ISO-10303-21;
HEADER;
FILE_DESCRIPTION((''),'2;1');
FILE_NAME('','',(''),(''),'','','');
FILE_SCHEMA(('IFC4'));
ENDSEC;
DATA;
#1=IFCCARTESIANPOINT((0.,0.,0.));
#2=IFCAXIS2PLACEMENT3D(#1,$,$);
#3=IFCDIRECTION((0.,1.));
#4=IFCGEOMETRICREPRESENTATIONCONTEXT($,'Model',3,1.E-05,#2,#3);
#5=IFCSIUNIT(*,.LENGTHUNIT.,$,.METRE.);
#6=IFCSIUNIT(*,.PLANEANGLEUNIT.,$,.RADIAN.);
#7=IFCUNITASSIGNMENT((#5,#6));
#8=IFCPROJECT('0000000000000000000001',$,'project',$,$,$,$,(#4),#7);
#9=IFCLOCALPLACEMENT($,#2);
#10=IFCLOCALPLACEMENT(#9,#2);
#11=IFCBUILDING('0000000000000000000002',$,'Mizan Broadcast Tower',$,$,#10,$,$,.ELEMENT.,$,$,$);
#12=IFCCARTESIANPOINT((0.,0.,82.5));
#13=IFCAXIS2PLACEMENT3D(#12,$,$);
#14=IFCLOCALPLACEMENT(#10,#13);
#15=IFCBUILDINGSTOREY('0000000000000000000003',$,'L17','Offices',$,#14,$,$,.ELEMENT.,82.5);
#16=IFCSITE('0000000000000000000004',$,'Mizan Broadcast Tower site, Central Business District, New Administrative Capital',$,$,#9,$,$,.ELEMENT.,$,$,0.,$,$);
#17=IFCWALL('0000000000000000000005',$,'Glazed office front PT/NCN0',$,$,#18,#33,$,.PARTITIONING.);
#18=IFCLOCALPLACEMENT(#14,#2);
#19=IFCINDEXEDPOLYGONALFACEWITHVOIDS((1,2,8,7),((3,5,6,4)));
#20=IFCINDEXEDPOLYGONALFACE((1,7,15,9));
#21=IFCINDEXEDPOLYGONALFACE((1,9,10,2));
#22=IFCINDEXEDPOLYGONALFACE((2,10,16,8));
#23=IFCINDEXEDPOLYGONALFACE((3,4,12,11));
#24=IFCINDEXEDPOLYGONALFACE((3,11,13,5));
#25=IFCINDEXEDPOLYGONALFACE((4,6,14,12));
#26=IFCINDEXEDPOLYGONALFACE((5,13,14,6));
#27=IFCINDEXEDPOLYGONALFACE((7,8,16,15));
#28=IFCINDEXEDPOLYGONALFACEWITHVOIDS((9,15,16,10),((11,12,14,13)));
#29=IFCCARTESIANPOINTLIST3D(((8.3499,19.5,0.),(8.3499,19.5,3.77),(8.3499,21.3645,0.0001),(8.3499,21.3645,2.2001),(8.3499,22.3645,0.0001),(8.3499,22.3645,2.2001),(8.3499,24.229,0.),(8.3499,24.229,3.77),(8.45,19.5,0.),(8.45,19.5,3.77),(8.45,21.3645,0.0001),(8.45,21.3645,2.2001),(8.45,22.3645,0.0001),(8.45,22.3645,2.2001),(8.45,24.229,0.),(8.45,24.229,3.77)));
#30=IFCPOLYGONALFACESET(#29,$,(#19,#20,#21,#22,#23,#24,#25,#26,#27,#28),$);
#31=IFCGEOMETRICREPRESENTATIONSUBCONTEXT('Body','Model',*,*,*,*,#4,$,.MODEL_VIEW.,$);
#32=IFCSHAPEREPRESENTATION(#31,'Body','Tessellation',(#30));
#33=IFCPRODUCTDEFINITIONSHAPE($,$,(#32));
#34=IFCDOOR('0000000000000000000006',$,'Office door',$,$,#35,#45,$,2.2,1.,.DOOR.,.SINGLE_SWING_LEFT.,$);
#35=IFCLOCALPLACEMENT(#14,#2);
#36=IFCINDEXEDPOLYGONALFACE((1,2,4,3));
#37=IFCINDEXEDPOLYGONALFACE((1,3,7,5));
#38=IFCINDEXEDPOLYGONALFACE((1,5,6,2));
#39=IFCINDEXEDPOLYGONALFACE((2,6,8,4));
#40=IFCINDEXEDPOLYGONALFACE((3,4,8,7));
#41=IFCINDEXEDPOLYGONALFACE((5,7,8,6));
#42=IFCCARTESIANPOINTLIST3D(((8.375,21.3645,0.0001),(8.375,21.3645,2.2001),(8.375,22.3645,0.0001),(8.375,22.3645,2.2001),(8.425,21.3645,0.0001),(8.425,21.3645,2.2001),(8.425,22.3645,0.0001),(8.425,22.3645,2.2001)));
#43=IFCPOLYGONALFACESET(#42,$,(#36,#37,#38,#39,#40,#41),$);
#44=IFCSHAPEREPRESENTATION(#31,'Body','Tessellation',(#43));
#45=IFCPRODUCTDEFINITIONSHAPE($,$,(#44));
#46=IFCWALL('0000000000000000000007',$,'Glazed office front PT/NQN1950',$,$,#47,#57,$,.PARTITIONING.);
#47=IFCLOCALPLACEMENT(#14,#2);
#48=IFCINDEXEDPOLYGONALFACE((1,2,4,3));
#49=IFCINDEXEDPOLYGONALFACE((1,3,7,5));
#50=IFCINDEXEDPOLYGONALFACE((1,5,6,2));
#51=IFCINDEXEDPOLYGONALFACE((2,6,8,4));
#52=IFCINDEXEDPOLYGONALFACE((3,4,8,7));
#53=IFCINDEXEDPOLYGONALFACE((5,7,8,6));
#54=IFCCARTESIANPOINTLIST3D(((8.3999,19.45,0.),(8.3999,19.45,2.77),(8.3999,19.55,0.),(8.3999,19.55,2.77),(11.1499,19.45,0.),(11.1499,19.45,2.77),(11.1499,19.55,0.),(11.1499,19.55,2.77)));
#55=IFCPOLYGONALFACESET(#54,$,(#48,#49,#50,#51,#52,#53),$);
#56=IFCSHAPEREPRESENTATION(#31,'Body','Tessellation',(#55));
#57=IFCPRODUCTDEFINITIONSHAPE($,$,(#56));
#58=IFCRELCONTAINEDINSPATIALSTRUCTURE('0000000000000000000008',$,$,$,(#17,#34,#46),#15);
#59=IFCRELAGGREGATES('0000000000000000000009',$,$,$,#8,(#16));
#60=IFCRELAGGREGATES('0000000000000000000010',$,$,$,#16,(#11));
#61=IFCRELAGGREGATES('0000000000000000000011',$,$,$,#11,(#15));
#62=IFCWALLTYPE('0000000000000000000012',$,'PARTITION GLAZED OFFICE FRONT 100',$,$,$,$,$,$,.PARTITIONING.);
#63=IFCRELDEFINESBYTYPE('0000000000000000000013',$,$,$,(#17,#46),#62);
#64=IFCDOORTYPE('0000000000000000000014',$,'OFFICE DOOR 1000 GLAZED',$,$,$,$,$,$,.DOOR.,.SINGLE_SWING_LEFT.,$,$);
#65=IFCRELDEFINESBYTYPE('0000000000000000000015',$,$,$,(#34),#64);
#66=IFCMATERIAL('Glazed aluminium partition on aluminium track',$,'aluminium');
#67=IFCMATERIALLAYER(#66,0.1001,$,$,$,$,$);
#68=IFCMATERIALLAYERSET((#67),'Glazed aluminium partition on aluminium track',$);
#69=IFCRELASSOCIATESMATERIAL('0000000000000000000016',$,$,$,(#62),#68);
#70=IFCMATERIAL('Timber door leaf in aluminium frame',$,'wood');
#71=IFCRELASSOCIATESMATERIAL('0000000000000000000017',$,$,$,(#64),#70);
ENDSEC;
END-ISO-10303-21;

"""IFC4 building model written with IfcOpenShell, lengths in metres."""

from ifc_helpers import new_model, si_unit, direction, frame, frame_2d, origin, place, context, subcontext, project, spatial, rectangle, extrude, material, layer, layer_set, type_object, element, fill, save


model = new_model("IFC4")

# Units and contexts
model_context = context("Model", 3, precision=1e-05, world=origin(), true_north=direction((0.0, 1.0)))
body_context = subcontext(model_context, "Body", "Model", "MODEL_VIEW")
ifc_project = project(units=[si_unit("LENGTHUNIT", "METRE"), si_unit("PLANEANGLEUNIT", "RADIAN")], contexts=[model_context])

# Site, building, storey
site_placement = place(None, origin())
site = spatial("IfcSite", under=ifc_project, at=site_placement, Name="Mizan Broadcast Tower site, Central Business District, New Administrative Capital", CompositionType="ELEMENT", RefElevation=0.0)
building_placement = place(site_placement, origin())
building = spatial("IfcBuilding", under=site, at=building_placement, Name="Mizan Broadcast Tower", CompositionType="ELEMENT")
storey_placement = place(building_placement, frame((0.0, 0.0, 82.5)))
storey = spatial("IfcBuildingStorey", under=building, at=storey_placement, Name="L17", Description="Offices", CompositionType="ELEMENT", Elevation=82.5)

# Wall, opening, door
ifc_material_1 = material(Name="Glazed aluminium partition on aluminium track", Category="aluminium")
ifc_layer_1 = layer(ifc_material_1, 0.1001)
ifc_layer_set_1 = layer_set([ifc_layer_1], Name="Glazed aluminium partition on aluminium track")
wall_type_1 = type_object("IfcWallType", Name="PARTITION GLAZED OFFICE FRONT 100", PredefinedType="PARTITIONING", material=ifc_layer_set_1)
wall_1_placement = place(storey_placement, frame((8.3999, 19.5, 0.0), z_axis=(0.0, 0.0, 1.0), x_axis=(0.0, 1.0, 0.0)))
wall_1 = element("IfcWall", 1, at=wall_1_placement, inside=storey, type_object=wall_type_1, Name="Glazed office front PT/NCN0", PredefinedType="PARTITIONING", context=body_context, shape_type="SweptSolid", body=[
    extrude(rectangle(XDim=4.729, YDim=0.1001, at=frame_2d((2.3645, 0.0))), origin(), (0.0, 0.0, 1.0), 3.77),
])
opening_placement = place(wall_1_placement, frame((1.8645, 0.0, 0.0)))
opening = element("IfcOpeningElement", 2, at=opening_placement, cuts=wall_1, PredefinedType="OPENING", context=body_context, shape_type="SweptSolid", body=[
    extrude(rectangle(XDim=1.0, YDim=2.2, at=frame_2d((0.5, 1.1001))), frame((0.0, 0.0601, 0.0), z_axis=(0.0, -1.0, 0.0), x_axis=(1.0, 0.0, 0.0)), (0.0, 0.0, 1.0), 0.1201),
])
ifc_material_2 = material(Name="Timber door leaf in aluminium frame", Category="wood")
door_type = type_object("IfcDoorType", Name="OFFICE DOOR 1000 GLAZED", OperationType="SINGLE_SWING_LEFT", PredefinedType="DOOR", material=ifc_material_2)
door_placement = place(opening_placement, origin())
door = element("IfcDoor", 3, at=door_placement, inside=storey, type_object=door_type, Name="Office door", OperationType="SINGLE_SWING_LEFT", OverallHeight=2.2, OverallWidth=1.0, PredefinedType="DOOR", context=body_context, shape_type="SweptSolid", body=[
    extrude(rectangle(XDim=1.0, YDim=2.2, at=frame_2d((0.5, 1.1001))), frame((0.0, 0.0249, 0.0), z_axis=(0.0, -1.0, 0.0), x_axis=(1.0, 0.0, 0.0)), (0.0, 0.0, 1.0), 0.05),
])
fill(opening, door)

# Wall
wall_2_placement = place(storey_placement, frame((8.3999, 19.5, 0.0), z_axis=(0.0, 0.0, 1.0), x_axis=(1.0, 0.0, 0.0)))
element("IfcWall", 4, at=wall_2_placement, inside=storey, type_object=wall_type_1, Name="Glazed office front PT/NQN1950", PredefinedType="PARTITIONING", context=body_context, shape_type="SweptSolid", body=[
    extrude(rectangle(XDim=2.75, YDim=0.1001, at=frame_2d((1.375, 0.0))), origin(), (0.0, 0.0, 1.0), 2.77),
])

save(model, "model.ifc")
